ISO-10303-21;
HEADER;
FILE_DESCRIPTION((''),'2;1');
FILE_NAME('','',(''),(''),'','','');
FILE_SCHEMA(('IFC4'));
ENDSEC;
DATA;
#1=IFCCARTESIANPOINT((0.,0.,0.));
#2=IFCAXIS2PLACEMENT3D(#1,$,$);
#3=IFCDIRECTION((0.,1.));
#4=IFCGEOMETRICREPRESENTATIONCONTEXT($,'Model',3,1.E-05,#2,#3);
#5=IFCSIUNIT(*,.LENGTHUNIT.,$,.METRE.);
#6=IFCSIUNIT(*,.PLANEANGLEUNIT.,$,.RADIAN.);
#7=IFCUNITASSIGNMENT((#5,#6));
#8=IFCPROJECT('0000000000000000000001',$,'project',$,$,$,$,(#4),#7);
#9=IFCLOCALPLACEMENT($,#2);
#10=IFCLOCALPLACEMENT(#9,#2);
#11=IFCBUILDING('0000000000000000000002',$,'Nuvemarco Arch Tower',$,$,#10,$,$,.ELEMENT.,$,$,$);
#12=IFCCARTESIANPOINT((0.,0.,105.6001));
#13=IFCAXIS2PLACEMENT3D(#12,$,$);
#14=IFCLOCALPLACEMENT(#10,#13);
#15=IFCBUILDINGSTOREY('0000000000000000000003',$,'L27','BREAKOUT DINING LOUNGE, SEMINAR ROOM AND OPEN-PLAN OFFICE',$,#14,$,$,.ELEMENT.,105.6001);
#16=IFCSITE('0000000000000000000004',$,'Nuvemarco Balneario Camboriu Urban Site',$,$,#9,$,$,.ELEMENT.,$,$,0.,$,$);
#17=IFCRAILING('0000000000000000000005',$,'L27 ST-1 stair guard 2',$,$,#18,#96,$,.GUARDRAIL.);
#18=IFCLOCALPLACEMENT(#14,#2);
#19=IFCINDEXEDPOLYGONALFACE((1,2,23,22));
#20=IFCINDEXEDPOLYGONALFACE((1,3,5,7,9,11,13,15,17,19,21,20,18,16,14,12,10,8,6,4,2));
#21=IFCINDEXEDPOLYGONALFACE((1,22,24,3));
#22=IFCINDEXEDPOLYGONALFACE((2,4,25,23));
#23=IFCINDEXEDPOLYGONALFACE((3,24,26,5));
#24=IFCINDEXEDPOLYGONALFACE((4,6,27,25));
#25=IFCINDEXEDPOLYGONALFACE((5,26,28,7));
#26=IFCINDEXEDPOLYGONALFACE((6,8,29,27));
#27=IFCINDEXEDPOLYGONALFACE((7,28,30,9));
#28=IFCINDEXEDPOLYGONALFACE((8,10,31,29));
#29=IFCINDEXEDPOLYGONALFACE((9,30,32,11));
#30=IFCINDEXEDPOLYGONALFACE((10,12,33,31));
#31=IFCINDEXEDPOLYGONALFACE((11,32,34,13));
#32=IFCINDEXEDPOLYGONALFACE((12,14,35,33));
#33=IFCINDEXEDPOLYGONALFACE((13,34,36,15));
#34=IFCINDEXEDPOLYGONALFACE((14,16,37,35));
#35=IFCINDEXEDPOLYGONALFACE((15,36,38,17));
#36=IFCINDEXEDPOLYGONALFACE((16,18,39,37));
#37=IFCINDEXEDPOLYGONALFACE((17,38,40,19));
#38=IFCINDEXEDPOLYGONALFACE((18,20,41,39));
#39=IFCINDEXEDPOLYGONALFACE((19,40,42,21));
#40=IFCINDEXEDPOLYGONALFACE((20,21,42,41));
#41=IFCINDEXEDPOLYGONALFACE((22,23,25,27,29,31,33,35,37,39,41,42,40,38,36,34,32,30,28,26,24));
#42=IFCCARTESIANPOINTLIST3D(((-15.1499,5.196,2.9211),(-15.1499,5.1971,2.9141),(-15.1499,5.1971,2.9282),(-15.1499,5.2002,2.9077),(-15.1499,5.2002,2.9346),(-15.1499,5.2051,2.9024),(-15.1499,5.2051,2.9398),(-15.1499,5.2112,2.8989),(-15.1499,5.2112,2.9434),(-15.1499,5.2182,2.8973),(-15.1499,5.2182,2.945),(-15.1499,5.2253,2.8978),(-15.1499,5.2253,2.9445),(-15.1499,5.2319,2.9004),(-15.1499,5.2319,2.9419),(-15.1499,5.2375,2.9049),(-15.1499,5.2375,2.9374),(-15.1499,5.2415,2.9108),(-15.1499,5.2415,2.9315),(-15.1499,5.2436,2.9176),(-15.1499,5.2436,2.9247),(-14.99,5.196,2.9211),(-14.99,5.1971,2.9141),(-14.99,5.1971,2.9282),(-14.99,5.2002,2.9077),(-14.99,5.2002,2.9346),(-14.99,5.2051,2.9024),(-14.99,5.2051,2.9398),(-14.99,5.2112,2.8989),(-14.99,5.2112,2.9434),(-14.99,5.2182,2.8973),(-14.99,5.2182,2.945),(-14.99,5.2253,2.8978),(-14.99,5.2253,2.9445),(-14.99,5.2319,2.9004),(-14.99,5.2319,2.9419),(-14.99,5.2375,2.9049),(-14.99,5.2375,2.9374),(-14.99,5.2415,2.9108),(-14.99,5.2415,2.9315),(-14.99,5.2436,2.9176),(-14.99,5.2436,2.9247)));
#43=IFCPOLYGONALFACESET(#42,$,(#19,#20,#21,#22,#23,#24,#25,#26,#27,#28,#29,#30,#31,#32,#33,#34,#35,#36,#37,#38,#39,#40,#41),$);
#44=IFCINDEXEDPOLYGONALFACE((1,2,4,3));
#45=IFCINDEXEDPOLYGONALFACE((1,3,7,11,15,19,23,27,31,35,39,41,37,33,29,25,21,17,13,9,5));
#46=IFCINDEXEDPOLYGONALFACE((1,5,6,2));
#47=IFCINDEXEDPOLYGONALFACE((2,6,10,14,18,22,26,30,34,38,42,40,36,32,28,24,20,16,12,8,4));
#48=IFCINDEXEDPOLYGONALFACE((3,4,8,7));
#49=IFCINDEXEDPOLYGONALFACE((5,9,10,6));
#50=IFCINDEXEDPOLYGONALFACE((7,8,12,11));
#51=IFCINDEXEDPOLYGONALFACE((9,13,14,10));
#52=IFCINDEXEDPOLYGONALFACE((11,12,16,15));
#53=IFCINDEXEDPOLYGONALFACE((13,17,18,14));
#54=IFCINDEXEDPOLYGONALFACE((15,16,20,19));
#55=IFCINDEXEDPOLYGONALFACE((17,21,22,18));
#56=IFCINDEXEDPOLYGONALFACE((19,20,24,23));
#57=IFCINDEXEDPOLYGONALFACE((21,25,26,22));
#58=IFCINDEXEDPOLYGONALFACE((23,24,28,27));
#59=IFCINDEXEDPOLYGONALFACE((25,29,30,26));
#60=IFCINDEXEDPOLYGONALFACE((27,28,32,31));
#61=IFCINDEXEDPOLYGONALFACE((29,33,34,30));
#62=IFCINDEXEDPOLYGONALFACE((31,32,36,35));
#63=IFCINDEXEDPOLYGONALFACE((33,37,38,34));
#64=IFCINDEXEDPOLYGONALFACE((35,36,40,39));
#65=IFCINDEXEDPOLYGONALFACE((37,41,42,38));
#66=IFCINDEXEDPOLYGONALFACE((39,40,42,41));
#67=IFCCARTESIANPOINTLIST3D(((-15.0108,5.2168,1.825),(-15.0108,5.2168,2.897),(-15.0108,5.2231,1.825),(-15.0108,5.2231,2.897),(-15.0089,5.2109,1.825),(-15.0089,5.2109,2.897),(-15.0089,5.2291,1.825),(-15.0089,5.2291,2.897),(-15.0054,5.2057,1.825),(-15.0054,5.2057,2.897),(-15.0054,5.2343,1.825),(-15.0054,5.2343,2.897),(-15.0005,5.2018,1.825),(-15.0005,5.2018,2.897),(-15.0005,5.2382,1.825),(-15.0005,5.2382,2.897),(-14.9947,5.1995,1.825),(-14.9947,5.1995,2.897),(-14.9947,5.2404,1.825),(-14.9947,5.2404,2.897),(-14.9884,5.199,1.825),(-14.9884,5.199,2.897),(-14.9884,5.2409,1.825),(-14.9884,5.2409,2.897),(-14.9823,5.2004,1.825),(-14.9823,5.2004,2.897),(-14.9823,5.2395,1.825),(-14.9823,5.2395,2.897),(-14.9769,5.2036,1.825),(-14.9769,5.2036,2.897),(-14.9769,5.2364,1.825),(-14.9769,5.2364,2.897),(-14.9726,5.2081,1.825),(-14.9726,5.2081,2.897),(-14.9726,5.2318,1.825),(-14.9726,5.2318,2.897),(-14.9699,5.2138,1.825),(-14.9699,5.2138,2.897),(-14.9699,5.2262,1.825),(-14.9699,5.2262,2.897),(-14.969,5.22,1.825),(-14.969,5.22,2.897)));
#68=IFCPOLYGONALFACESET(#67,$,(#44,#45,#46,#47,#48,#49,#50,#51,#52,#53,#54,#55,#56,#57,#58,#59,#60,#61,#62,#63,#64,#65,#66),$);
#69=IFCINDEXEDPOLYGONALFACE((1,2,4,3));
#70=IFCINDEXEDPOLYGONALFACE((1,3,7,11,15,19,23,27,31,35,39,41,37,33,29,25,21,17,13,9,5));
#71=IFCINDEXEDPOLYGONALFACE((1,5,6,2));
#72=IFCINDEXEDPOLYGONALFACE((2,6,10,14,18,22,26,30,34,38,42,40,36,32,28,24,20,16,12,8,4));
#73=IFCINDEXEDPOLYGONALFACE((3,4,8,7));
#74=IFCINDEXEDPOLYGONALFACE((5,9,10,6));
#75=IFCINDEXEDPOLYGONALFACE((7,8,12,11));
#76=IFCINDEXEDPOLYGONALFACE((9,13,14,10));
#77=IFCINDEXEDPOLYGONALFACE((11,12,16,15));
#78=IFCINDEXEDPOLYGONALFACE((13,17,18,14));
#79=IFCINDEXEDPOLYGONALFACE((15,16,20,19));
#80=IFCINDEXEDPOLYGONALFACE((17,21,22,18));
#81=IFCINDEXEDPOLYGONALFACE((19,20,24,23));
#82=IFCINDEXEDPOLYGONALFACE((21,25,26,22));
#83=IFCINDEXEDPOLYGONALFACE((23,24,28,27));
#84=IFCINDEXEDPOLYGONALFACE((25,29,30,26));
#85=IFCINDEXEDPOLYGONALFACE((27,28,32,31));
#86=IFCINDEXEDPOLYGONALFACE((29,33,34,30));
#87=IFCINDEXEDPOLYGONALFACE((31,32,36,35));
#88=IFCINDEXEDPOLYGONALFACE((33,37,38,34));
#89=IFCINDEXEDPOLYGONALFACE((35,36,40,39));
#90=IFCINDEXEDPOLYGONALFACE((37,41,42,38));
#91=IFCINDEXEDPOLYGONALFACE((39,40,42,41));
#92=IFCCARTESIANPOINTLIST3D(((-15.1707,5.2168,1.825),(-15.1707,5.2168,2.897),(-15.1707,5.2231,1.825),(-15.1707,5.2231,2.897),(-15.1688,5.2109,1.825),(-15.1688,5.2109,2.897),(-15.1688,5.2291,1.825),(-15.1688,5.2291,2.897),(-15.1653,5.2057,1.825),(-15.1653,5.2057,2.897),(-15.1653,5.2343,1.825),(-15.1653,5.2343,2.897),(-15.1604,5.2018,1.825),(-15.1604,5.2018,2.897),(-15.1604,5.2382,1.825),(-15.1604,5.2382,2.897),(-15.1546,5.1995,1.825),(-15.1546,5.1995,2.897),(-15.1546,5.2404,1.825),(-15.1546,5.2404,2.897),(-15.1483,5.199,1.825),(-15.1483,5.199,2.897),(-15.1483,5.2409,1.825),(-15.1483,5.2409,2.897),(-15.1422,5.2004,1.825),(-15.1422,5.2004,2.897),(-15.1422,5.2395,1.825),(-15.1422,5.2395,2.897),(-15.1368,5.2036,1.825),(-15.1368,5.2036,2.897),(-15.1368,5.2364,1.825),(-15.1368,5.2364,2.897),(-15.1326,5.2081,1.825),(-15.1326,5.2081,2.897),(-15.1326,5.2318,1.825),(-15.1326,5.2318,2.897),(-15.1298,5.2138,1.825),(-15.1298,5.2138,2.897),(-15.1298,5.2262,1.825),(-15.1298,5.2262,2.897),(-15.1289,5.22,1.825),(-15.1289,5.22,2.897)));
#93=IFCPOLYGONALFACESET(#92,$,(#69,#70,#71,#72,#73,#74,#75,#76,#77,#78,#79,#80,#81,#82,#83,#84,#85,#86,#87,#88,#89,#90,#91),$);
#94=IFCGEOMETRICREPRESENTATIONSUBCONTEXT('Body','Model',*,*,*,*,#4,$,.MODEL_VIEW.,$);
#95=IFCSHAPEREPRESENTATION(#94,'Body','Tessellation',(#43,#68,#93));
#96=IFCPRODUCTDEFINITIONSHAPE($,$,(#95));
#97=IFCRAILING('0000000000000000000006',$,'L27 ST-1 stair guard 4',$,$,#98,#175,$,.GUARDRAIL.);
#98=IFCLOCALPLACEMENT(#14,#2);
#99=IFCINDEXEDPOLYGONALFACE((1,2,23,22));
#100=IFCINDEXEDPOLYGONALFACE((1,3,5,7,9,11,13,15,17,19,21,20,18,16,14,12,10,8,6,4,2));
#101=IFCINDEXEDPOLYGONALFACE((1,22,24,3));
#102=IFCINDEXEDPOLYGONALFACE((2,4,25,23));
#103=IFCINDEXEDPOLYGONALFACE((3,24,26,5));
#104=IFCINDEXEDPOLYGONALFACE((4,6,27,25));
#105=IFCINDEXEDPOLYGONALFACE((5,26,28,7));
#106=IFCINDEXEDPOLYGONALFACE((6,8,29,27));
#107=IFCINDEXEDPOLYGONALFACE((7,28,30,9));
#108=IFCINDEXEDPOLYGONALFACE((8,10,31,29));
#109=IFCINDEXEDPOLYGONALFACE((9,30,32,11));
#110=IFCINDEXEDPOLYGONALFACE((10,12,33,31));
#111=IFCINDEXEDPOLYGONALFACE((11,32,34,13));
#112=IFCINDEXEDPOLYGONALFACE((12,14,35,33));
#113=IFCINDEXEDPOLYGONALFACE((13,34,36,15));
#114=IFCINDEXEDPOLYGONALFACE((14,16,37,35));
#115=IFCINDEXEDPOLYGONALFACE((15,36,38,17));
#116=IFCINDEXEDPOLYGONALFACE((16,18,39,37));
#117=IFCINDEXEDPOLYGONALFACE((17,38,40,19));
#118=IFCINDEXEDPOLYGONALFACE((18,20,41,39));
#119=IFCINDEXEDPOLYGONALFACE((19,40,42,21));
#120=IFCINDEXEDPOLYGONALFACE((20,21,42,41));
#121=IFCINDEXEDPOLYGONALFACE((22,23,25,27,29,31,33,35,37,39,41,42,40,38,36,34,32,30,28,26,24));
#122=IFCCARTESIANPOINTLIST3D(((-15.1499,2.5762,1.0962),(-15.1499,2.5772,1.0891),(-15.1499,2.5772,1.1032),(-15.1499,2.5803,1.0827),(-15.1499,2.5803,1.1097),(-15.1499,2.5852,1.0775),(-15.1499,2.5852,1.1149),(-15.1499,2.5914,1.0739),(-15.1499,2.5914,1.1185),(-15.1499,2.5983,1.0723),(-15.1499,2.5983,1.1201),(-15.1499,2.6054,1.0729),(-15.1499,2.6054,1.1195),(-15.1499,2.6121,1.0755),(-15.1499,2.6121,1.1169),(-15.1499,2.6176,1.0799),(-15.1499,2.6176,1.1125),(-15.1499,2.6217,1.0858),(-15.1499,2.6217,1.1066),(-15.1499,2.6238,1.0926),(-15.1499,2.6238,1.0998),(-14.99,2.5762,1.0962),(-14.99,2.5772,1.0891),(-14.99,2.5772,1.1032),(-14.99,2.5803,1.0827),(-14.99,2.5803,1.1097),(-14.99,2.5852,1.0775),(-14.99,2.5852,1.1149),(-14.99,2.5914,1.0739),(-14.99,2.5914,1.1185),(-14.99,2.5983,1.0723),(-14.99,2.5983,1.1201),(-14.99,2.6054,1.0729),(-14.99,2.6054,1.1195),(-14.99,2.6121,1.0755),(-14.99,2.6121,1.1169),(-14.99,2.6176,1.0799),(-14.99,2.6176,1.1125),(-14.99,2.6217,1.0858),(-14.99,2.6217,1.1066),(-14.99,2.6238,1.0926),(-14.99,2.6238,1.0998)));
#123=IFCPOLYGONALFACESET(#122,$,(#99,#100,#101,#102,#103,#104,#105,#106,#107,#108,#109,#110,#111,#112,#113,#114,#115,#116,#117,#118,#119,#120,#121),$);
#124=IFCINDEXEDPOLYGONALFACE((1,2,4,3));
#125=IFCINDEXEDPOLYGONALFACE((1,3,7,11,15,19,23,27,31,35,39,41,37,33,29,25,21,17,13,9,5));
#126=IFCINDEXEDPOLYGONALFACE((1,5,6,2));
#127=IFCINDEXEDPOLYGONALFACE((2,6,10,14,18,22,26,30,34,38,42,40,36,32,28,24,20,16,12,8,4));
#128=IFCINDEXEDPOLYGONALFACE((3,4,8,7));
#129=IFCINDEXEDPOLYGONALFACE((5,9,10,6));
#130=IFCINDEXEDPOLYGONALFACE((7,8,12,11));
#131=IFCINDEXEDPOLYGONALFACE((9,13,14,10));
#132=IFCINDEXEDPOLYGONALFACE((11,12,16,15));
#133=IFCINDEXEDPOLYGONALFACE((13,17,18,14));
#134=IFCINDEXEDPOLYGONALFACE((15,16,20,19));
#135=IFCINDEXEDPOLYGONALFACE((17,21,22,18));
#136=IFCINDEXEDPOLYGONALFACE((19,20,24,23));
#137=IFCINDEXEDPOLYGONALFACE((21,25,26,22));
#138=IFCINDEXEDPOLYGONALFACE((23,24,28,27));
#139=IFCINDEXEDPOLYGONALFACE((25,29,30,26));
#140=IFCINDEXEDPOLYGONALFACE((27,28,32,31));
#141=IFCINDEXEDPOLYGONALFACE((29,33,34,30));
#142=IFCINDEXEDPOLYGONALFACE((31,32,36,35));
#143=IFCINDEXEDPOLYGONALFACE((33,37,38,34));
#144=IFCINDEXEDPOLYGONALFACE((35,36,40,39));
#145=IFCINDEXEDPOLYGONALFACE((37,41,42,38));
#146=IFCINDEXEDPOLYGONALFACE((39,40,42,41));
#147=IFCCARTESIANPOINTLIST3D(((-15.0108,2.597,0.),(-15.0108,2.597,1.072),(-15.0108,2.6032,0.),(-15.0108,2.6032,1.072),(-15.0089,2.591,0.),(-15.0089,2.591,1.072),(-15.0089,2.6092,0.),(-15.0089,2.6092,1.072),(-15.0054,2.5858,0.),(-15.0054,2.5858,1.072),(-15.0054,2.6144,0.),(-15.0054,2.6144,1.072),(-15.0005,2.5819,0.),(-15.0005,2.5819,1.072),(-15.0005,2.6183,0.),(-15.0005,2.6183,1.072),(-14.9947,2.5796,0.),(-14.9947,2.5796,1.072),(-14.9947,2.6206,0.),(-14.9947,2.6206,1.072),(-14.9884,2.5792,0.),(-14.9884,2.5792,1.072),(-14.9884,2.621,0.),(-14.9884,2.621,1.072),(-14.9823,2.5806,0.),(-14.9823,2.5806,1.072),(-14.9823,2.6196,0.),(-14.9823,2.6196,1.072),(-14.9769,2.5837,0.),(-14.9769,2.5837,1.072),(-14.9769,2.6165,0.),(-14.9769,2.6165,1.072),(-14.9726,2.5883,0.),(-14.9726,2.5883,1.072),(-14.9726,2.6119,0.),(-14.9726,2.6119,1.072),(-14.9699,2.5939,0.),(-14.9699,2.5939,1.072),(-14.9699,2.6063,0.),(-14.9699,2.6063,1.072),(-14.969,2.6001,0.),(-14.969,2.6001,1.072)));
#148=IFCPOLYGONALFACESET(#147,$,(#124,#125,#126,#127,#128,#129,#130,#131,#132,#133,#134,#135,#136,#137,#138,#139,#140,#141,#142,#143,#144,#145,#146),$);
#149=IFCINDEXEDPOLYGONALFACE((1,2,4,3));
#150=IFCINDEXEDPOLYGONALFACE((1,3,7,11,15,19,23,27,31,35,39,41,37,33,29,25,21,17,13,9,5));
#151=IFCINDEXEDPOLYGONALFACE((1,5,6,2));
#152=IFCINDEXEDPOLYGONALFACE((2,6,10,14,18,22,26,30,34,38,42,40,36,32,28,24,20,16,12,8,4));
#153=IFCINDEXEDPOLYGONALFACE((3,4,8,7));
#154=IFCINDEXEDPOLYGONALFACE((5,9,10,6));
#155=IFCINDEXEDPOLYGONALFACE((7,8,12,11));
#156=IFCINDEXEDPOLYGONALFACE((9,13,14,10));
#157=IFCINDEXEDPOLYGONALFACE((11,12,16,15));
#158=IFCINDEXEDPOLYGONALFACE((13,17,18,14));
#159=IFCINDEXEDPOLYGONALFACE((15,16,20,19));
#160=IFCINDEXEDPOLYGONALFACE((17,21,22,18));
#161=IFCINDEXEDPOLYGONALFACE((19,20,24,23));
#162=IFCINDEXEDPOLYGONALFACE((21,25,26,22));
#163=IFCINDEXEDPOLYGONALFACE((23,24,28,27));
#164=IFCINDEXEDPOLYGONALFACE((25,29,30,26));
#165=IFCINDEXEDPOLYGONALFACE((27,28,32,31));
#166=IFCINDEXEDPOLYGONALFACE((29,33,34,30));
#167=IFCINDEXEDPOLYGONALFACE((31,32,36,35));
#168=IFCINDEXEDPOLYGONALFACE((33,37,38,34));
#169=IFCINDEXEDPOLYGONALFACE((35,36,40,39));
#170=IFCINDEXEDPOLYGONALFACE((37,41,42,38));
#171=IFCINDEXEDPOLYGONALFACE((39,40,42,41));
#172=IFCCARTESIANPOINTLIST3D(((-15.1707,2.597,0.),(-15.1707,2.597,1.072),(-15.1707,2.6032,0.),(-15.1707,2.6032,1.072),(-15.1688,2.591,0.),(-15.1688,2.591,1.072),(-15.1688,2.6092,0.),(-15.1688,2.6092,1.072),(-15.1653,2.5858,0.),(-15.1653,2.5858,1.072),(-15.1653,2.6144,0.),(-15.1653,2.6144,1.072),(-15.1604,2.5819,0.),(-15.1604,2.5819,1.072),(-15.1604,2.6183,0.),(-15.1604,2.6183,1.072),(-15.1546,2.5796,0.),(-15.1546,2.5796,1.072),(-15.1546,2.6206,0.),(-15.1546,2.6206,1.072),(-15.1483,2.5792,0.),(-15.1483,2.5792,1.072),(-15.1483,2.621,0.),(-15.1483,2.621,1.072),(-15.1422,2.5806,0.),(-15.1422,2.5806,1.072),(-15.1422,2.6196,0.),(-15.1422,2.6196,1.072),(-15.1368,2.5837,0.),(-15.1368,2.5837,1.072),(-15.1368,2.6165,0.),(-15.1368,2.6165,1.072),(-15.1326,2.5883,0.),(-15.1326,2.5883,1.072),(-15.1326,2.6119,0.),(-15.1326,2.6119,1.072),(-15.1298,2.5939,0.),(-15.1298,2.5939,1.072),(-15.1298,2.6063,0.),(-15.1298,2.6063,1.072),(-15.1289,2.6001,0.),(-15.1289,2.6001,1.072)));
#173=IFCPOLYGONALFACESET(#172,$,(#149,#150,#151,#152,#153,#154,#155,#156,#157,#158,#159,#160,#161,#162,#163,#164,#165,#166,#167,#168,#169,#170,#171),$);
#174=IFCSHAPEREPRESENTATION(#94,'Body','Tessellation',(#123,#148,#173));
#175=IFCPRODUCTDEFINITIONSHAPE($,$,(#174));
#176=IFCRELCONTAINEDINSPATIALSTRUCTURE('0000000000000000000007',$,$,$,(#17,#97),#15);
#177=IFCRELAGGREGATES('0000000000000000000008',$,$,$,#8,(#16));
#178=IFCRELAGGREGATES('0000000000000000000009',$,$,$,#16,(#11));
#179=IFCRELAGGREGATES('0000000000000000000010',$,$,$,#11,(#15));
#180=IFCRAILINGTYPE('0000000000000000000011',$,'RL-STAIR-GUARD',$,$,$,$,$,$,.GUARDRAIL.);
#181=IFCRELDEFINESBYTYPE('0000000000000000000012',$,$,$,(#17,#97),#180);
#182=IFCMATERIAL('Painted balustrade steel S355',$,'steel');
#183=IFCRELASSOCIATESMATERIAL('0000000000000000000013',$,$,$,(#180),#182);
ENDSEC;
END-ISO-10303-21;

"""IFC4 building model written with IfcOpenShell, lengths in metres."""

from ifc_helpers import new_model, si_unit, direction, frame, origin, origin_2d, place, context, subcontext, project, spatial, circle, extrude, material, type_object, element, save


model = new_model("IFC4")

# Units and contexts
model_context = context("Model", 3, precision=1e-05, world=origin(), true_north=direction((0.0, 1.0)))
body_context = subcontext(model_context, "Body", "Model", "MODEL_VIEW")
ifc_project = project(units=[si_unit("LENGTHUNIT", "METRE"), si_unit("PLANEANGLEUNIT", "RADIAN")], contexts=[model_context])

# Site, building, storey
site_placement = place(None, origin())
site = spatial("IfcSite", under=ifc_project, at=site_placement, Name="Nuvemarco Balneario Camboriu Urban Site", CompositionType="ELEMENT", RefElevation=0.0)
building_placement = place(site_placement, origin())
building = spatial("IfcBuilding", under=site, at=building_placement, Name="Nuvemarco Arch Tower", CompositionType="ELEMENT")
storey_placement = place(building_placement, frame((0.0, 0.0, 105.6001)))
storey = spatial("IfcBuildingStorey", under=building, at=storey_placement, Name="L27", Description="BREAKOUT DINING LOUNGE, SEMINAR ROOM AND OPEN-PLAN OFFICE", CompositionType="ELEMENT", Elevation=105.6001)

# Railings
ifc_material_1 = material(Name="Painted balustrade steel S355", Category="steel")
railing_type_1 = type_object("IfcRailingType", Name="RL-STAIR-GUARD", PredefinedType="GUARDRAIL", material=ifc_material_1)
for number, where, name in (
    (1, (-14.99, 5.22, 1.825), "L27 ST-1 stair guard 2"),
    (2, (-14.99, 2.6001, 0.0), "L27 ST-1 stair guard 4"),
):
    element("IfcRailing", number, at=place(storey_placement, frame(where)), inside=storey, type_object=railing_type_1, Name=name, PredefinedType="GUARDRAIL", context=body_context, shape_type="SweptSolid", body=[
        extrude(circle(Radius=0.0239, at=origin_2d()), frame((0.0, 0.0, 1.0962), z_axis=(-1.0, 0.0, 0.0), x_axis=(0.0, -1.0, 0.0)), (0.0, 0.0, 1.0), 0.1599),
        extrude(circle(Radius=0.021, at=origin_2d()), origin(), (0.0, 0.0, 1.0), 1.072),
        extrude(circle(Radius=0.021, at=origin_2d()), frame((-0.1599, 0.0, 0.0)), (0.0, 0.0, 1.0), 1.072),
    ])

save(model, "model.ifc")
